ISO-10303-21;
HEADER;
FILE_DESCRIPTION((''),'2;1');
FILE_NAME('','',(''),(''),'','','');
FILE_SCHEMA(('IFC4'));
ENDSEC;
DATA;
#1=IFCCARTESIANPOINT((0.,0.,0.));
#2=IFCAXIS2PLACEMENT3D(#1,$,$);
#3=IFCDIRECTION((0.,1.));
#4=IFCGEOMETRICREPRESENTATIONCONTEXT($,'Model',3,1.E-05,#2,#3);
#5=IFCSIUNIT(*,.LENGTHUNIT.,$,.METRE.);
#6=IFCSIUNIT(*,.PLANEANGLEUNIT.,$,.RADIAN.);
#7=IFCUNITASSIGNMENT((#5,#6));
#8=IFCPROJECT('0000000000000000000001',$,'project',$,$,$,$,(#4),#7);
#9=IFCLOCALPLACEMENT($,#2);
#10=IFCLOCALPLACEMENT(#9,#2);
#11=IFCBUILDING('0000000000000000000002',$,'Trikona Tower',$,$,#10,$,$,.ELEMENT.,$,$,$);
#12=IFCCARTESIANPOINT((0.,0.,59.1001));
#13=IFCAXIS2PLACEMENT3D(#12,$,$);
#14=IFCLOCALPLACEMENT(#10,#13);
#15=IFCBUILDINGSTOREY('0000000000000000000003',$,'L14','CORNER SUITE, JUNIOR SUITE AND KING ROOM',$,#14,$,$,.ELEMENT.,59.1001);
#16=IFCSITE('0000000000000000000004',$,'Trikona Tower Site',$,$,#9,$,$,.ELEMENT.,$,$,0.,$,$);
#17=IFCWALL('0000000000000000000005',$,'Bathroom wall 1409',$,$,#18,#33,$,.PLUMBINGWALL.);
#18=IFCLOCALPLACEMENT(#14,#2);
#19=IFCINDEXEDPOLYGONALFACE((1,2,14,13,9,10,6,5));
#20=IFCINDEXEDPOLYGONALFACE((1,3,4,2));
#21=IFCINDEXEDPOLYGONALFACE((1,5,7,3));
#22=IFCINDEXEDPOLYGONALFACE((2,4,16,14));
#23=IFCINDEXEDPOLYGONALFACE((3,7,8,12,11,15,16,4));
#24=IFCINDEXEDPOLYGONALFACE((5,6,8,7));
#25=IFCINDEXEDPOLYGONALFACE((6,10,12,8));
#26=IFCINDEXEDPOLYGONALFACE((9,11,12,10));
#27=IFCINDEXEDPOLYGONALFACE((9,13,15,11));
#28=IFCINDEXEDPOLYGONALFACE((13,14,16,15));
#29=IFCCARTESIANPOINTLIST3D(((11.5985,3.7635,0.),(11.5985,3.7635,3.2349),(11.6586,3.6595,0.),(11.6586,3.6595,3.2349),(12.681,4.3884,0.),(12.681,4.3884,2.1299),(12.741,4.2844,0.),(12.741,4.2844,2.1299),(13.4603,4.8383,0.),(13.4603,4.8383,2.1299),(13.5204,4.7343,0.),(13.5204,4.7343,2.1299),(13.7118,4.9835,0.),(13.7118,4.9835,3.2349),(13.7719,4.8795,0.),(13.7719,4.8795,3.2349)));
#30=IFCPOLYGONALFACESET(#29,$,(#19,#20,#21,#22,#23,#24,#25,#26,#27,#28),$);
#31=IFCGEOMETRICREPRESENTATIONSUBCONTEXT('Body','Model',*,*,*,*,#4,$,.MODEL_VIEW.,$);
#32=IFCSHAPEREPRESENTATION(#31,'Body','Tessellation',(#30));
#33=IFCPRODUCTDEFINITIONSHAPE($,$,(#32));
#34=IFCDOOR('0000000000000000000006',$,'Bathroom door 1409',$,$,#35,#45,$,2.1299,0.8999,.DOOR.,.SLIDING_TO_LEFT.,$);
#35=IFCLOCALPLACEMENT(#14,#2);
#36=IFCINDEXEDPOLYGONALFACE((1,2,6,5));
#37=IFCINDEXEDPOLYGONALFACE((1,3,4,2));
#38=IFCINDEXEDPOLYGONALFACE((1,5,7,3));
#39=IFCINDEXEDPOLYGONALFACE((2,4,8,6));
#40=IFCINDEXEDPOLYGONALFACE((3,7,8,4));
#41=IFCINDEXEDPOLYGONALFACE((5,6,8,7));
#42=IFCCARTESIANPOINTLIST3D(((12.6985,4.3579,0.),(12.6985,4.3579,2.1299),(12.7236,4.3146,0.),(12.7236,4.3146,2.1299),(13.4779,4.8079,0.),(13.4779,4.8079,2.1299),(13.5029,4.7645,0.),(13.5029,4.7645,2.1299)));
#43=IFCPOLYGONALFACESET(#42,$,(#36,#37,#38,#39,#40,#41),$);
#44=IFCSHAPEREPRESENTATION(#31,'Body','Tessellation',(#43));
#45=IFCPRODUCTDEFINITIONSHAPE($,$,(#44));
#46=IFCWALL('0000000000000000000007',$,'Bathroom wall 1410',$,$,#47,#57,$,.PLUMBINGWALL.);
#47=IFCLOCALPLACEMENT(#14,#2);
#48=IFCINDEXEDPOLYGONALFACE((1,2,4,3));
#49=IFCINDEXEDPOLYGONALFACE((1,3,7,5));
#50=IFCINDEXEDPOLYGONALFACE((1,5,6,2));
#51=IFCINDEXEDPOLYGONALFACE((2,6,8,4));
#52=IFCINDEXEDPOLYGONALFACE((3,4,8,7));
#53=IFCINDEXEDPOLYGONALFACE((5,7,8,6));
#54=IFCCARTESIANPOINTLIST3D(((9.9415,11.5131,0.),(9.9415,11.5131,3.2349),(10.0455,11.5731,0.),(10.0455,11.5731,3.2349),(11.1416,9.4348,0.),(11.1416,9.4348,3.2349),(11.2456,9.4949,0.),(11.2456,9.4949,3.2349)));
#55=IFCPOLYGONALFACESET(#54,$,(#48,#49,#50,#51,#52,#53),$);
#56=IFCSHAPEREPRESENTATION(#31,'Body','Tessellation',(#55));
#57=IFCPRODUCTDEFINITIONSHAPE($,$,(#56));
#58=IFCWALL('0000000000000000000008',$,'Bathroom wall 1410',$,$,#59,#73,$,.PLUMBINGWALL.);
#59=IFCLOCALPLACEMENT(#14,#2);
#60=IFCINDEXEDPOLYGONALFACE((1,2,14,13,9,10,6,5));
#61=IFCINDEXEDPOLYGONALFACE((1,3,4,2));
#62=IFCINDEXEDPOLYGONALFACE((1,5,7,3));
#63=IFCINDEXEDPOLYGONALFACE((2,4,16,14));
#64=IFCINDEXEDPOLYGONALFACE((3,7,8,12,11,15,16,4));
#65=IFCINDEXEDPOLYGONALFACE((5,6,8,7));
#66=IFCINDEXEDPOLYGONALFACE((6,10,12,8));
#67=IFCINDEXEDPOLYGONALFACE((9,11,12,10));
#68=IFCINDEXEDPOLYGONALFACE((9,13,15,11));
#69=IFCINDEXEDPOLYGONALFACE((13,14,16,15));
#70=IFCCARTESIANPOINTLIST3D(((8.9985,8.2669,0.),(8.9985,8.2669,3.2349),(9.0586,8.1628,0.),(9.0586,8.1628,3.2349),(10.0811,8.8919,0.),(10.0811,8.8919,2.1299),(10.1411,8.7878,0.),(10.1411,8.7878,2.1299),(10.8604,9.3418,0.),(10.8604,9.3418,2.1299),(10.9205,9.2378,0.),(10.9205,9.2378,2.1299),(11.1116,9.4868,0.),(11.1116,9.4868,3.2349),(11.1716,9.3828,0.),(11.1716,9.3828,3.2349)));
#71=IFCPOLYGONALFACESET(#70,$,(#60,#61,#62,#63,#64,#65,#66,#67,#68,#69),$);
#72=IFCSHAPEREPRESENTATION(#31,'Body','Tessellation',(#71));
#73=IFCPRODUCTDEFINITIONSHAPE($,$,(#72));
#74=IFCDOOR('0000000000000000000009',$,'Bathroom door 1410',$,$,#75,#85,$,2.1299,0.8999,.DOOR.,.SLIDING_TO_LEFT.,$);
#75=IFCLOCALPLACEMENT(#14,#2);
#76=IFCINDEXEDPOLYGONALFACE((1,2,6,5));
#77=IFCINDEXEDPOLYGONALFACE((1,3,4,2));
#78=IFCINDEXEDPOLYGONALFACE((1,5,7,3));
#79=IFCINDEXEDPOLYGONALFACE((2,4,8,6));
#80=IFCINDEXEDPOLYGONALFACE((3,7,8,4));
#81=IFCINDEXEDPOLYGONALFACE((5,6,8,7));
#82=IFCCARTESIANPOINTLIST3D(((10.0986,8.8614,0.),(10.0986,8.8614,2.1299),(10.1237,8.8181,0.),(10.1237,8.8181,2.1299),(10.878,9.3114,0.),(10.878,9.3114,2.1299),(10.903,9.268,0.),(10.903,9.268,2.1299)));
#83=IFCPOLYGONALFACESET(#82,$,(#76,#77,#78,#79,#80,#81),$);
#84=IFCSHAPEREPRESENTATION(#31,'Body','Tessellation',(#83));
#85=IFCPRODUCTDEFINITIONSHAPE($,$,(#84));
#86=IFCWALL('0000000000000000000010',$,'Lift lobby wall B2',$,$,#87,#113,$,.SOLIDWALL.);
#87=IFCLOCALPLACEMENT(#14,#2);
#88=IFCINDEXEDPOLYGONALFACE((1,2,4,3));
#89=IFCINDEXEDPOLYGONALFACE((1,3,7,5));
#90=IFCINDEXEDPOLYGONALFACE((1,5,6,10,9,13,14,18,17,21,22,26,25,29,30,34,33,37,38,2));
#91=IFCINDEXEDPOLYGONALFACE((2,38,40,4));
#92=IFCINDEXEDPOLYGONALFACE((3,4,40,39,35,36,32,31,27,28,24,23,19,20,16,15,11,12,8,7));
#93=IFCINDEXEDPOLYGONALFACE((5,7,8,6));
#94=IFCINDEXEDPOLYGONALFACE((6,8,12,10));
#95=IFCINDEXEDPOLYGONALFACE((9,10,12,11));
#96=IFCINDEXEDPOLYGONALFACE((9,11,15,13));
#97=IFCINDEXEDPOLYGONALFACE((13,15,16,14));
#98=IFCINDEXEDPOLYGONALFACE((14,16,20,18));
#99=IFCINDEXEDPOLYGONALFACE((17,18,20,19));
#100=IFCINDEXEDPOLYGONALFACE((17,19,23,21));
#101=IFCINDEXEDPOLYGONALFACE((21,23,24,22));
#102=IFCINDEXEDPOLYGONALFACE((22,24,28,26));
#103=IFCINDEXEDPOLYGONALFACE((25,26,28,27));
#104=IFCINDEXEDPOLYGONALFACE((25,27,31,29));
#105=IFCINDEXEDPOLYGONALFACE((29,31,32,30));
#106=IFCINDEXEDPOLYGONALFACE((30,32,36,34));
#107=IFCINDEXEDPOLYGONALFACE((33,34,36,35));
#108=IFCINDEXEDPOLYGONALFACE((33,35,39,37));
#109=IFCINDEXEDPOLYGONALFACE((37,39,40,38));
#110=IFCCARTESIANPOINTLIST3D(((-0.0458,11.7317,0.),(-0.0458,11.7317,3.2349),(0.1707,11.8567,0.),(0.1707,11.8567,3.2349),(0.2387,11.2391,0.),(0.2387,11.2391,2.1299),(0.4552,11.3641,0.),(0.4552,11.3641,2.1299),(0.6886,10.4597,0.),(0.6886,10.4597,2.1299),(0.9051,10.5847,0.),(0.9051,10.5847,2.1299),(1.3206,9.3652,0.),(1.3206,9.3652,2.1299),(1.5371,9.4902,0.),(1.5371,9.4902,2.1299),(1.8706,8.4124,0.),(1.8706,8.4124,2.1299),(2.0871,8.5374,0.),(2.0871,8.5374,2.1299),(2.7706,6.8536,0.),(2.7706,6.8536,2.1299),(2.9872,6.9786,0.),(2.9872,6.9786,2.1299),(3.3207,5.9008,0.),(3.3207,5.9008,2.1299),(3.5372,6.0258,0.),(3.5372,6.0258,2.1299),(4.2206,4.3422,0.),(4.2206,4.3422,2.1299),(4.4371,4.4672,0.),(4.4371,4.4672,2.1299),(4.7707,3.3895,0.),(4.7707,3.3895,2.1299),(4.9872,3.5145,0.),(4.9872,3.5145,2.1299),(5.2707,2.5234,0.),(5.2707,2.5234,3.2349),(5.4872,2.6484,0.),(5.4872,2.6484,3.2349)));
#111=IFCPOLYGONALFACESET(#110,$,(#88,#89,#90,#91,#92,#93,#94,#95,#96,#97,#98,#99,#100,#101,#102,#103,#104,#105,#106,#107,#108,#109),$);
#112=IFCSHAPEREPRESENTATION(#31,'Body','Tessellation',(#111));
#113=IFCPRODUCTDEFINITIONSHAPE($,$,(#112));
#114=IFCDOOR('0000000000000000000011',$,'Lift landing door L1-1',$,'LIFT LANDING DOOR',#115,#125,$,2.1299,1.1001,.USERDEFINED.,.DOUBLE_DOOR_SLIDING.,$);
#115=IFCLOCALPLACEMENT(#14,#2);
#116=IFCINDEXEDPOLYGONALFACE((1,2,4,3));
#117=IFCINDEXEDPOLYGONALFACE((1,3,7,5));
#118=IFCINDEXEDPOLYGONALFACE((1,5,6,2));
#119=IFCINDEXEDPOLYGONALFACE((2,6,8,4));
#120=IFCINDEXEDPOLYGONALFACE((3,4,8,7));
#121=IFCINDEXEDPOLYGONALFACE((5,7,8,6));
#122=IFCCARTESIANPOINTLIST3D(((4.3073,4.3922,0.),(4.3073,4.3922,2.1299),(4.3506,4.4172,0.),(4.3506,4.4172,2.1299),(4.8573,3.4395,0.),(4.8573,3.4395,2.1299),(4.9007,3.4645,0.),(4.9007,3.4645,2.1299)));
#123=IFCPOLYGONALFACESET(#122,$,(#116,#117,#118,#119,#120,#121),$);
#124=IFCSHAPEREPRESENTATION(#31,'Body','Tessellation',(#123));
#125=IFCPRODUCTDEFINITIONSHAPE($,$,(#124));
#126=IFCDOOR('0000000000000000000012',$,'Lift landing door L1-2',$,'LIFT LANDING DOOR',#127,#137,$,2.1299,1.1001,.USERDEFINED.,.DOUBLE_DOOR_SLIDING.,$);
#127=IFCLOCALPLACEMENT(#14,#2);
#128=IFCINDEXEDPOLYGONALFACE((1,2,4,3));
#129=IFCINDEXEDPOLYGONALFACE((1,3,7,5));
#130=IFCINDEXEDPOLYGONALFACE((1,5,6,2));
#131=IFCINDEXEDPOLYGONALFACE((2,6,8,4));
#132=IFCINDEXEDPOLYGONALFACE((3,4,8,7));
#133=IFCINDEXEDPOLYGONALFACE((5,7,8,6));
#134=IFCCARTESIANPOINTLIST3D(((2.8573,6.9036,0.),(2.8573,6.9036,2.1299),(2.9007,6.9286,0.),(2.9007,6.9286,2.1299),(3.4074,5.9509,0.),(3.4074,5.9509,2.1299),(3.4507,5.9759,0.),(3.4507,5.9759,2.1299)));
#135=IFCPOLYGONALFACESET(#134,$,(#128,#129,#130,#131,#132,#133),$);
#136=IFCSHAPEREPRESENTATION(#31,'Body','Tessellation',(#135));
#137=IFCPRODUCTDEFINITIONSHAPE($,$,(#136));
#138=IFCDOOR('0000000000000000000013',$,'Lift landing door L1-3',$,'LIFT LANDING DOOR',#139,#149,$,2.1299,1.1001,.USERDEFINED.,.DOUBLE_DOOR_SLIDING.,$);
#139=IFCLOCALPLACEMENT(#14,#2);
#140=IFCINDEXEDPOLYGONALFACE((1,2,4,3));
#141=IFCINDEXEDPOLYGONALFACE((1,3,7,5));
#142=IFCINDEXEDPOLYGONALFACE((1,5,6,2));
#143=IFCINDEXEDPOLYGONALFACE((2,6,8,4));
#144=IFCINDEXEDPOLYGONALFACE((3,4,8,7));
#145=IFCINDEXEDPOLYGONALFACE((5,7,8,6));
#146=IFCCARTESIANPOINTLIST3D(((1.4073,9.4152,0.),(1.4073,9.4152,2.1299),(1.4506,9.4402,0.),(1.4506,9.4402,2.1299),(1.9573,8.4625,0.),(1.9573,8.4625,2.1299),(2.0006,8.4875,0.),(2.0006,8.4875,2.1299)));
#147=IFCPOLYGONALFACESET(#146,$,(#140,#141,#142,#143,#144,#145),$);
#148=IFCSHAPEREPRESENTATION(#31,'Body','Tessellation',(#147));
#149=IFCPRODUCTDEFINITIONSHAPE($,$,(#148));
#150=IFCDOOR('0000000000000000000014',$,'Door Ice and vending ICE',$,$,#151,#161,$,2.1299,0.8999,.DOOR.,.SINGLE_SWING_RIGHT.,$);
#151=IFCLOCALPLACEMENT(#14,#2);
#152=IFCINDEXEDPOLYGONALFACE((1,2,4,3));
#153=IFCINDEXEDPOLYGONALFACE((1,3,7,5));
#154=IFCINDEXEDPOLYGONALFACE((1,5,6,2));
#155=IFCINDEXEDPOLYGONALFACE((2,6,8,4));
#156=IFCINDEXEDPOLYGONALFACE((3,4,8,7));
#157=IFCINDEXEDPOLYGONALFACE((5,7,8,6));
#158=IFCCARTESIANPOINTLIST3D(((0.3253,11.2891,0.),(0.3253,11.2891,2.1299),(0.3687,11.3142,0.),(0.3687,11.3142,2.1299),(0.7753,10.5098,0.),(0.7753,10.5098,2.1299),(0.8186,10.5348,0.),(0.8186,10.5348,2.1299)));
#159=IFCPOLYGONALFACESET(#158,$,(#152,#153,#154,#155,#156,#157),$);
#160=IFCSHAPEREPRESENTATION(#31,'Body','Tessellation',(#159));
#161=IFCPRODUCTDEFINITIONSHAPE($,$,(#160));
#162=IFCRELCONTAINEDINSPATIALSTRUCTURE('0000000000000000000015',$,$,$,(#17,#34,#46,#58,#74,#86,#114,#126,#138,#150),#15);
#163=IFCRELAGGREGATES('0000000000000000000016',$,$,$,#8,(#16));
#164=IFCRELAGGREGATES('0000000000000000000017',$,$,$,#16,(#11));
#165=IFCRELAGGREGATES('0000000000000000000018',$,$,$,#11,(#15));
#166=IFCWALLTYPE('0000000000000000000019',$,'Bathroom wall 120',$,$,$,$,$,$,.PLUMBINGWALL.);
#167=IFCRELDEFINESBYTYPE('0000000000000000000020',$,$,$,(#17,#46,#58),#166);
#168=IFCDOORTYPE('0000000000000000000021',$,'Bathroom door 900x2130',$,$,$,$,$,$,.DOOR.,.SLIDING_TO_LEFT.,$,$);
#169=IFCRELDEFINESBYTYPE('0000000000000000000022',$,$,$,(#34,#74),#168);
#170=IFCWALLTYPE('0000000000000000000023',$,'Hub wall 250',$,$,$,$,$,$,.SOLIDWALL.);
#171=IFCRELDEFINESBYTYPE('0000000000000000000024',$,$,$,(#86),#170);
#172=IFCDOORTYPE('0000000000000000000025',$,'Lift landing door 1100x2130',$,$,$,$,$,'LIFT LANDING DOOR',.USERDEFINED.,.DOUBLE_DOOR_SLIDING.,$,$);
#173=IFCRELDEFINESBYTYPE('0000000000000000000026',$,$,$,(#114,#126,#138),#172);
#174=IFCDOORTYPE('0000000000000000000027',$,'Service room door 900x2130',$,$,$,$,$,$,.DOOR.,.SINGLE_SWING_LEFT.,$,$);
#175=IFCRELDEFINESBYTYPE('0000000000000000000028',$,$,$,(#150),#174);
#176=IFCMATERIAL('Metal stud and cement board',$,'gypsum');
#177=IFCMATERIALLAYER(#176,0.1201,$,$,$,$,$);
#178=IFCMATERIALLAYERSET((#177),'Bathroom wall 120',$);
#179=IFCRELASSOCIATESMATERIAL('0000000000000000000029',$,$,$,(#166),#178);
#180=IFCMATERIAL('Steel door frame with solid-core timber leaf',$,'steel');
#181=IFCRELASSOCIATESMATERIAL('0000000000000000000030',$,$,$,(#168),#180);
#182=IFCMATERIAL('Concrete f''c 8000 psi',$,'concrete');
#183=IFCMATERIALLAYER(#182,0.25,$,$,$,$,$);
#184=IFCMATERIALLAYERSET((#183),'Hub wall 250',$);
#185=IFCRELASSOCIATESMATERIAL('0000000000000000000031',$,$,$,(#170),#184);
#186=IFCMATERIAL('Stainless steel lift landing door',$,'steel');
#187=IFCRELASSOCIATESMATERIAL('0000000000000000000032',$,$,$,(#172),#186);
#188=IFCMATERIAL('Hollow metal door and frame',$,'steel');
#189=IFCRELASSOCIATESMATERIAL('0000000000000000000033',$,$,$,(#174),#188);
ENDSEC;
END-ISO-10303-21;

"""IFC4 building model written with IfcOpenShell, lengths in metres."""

from ifc_helpers import new_model, si_unit, direction, frame, frame_2d, origin, place, context, subcontext, project, spatial, rectangle, extrude, material, layer, layer_set, type_object, element, fill, save


model = new_model("IFC4")

# Units and contexts
model_context = context("Model", 3, precision=1e-05, world=origin(), true_north=direction((0.0, 1.0)))
body_context = subcontext(model_context, "Body", "Model", "MODEL_VIEW")
ifc_project = project(units=[si_unit("LENGTHUNIT", "METRE"), si_unit("PLANEANGLEUNIT", "RADIAN")], contexts=[model_context])

# Site, building, storey
site_placement = place(None, origin())
site = spatial("IfcSite", under=ifc_project, at=site_placement, Name="Trikona Tower Site", CompositionType="ELEMENT", RefElevation=0.0)
building_placement = place(site_placement, origin())
building = spatial("IfcBuilding", under=site, at=building_placement, Name="Trikona Tower", CompositionType="ELEMENT")
storey_placement = place(building_placement, frame((0.0, 0.0, 59.1001)))
storey = spatial("IfcBuildingStorey", under=building, at=storey_placement, Name="L14", Description="CORNER SUITE, JUNIOR SUITE AND KING ROOM", CompositionType="ELEMENT", Elevation=59.1001)

# Shared definitions
ifc_material_1 = material(Name="Metal stud and cement board", Category="gypsum")
ifc_layer_1 = layer(ifc_material_1, 0.1201)
ifc_layer_set_1 = layer_set([ifc_layer_1], Name="Bathroom wall 120")
wall_type_1 = type_object("IfcWallType", Name="Bathroom wall 120", PredefinedType="PLUMBINGWALL", material=ifc_layer_set_1)

# Wall, opening, door
wall_1_placement = place(storey_placement, frame((11.6284, 3.7114, 0.0), z_axis=(0.0, 0.0, 1.0), x_axis=(0.866049, 0.499959, 0.0)))
wall_1 = element("IfcWall", 1, at=wall_1_placement, inside=storey, type_object=wall_type_1, Name="Bathroom wall 1409", PredefinedType="PLUMBINGWALL", context=body_context, shape_type="SweptSolid", body=[
    extrude(rectangle(XDim=2.4402, YDim=0.1201, at=frame_2d((1.2202, 0.0))), origin(), (0.0, 0.0, 1.0), 3.2349),
])
opening_1_placement = place(wall_1_placement, frame((1.25, 0.0, 0.0)))
opening_1 = element("IfcOpeningElement", 2, at=opening_1_placement, cuts=wall_1, PredefinedType="OPENING", context=body_context, shape_type="SweptSolid", body=[
    extrude(rectangle(XDim=0.8999, YDim=2.1299, at=frame_2d((0.45, 1.0649))), frame((0.0, 0.0701, 0.0), z_axis=(0.0, -1.0, 0.0), x_axis=(1.0, 0.0, 0.0)), (0.0, 0.0, 1.0), 0.1401),
])
ifc_material_2 = material(Name="Steel door frame with solid-core timber leaf", Category="steel")
door_type_1 = type_object("IfcDoorType", Name="Bathroom door 900x2130", OperationType="SLIDING_TO_LEFT", PredefinedType="DOOR", material=ifc_material_2)
door_1_placement = place(opening_1_placement, origin())
door_1 = element("IfcDoor", 3, at=door_1_placement, inside=storey, type_object=door_type_1, Name="Bathroom door 1409", OperationType="SLIDING_TO_LEFT", OverallHeight=2.1299, OverallWidth=0.8999, PredefinedType="DOOR", context=body_context, shape_type="SweptSolid", body=[
    extrude(rectangle(XDim=0.8999, YDim=2.1299, at=frame_2d((0.45, 1.0649))), frame((0.0, 0.0249, 0.0), z_axis=(0.0, -1.0, 0.0), x_axis=(1.0, 0.0, 0.0)), (0.0, 0.0, 1.0), 0.05),
])
fill(opening_1, door_1)

# Wall
wall_2_placement = place(storey_placement, frame((11.1936, 9.4648, 0.0), z_axis=(0.0, 0.0, 1.0), x_axis=(-0.500078, 0.865981, 0.0)))
element("IfcWall", 4, at=wall_2_placement, inside=storey, type_object=wall_type_1, Name="Bathroom wall 1410", PredefinedType="PLUMBINGWALL", context=body_context, shape_type="SweptSolid", body=[
    extrude(rectangle(XDim=2.3999, YDim=0.1201, at=frame_2d((1.2, 0.0))), origin(), (0.0, 0.0, 1.0), 3.2349),
])

# Wall, opening, door
wall_3_placement = place(storey_placement, frame((9.0286, 8.2148, 0.0), z_axis=(0.0, 0.0, 1.0), x_axis=(0.866024, 0.500003, 0.0)))
wall_3 = element("IfcWall", 5, at=wall_3_placement, inside=storey, type_object=wall_type_1, Name="Bathroom wall 1410", PredefinedType="PLUMBINGWALL", context=body_context, shape_type="SweptSolid", body=[
    extrude(rectangle(XDim=2.4399, YDim=0.1201, at=frame_2d((1.22, 0.0))), origin(), (0.0, 0.0, 1.0), 3.2349),
])
opening_2_placement = place(wall_3_placement, frame((1.25, 0.0, 0.0)))
opening_2 = element("IfcOpeningElement", 6, at=opening_2_placement, cuts=wall_3, PredefinedType="OPENING", context=body_context, shape_type="SweptSolid", body=[
    extrude(rectangle(XDim=0.8999, YDim=2.1299, at=frame_2d((0.45, 1.0649))), frame((0.0, 0.0701, 0.0), z_axis=(0.0, -1.0, 0.0), x_axis=(1.0, 0.0, 0.0)), (0.0, 0.0, 1.0), 0.1401),
])
door_2_placement = place(opening_2_placement, origin())
door_2 = element("IfcDoor", 7, at=door_2_placement, inside=storey, type_object=door_type_1, Name="Bathroom door 1410", OperationType="SLIDING_TO_LEFT", OverallHeight=2.1299, OverallWidth=0.8999, PredefinedType="DOOR", context=body_context, shape_type="SweptSolid", body=[
    extrude(rectangle(XDim=0.8999, YDim=2.1299, at=frame_2d((0.45, 1.0649))), frame((0.0, 0.0249, 0.0), z_axis=(0.0, -1.0, 0.0), x_axis=(1.0, 0.0, 0.0)), (0.0, 0.0, 1.0), 0.05),
])
fill(opening_2, door_2)

# Wall, openings, doors
ifc_material_3 = material(Name="Concrete f'c 8000 psi", Category="concrete")
ifc_layer_2 = layer(ifc_material_3, 0.25)
ifc_layer_set_2 = layer_set([ifc_layer_2], Name="Hub wall 250")
wall_type_2 = type_object("IfcWallType", Name="Hub wall 250", PredefinedType="SOLIDWALL", material=ifc_layer_set_2)
wall_4_placement = place(storey_placement, frame((5.3789, 2.5859, 0.0), z_axis=(0.0, 0.0, 1.0), x_axis=(-0.500001, 0.866025, 0.0)))
wall_4 = element("IfcWall", 8, at=wall_4_placement, inside=storey, type_object=wall_type_2, Name="Lift lobby wall B2", PredefinedType="SOLIDWALL", context=body_context, shape_type="SweptSolid", body=[
    extrude(rectangle(XDim=10.6328, YDim=0.25, at=frame_2d((5.3164, 0.0))), origin(), (0.0, 0.0, 1.0), 3.2349),
])
opening_3_placement = place(wall_4_placement, frame((9.1641, 0.0, 0.0)))
opening_3 = element("IfcOpeningElement", 9, at=opening_3_placement, cuts=wall_4, PredefinedType="OPENING", context=body_context, shape_type="SweptSolid", body=[
    extrude(rectangle(XDim=0.8999, YDim=2.1299, at=frame_2d((0.45, 1.0649))), frame((0.0, 0.135, 0.0), z_axis=(0.0, -1.0, 0.0), x_axis=(1.0, 0.0, 0.0)), (0.0, 0.0, 1.0), 0.27),
])
opening_4_placement = place(wall_4_placement, frame((1.0, 0.0, 0.0)))
opening_4 = element("IfcOpeningElement", 10, at=opening_4_placement, cuts=wall_4, PredefinedType="OPENING", context=body_context, shape_type="SweptSolid", body=[
    extrude(rectangle(XDim=1.1001, YDim=2.1299, at=frame_2d((0.55, 1.0649))), frame((0.0, 0.135, 0.0), z_axis=(0.0, -1.0, 0.0), x_axis=(1.0, 0.0, 0.0)), (0.0, 0.0, 1.0), 0.27),
])
opening_5_placement = place(wall_4_placement, frame((3.8999, 0.0, 0.0)))
opening_5 = element("IfcOpeningElement", 11, at=opening_5_placement, cuts=wall_4, PredefinedType="OPENING", context=body_context, shape_type="SweptSolid", body=[
    extrude(rectangle(XDim=1.1001, YDim=2.1299, at=frame_2d((0.55, 1.0649))), frame((0.0, 0.135, 0.0), z_axis=(0.0, -1.0, 0.0), x_axis=(1.0, 0.0, 0.0)), (0.0, 0.0, 1.0), 0.27),
])
opening_6_placement = place(wall_4_placement, frame((6.8, 0.0, 0.0)))
opening_6 = element("IfcOpeningElement", 12, at=opening_6_placement, cuts=wall_4, PredefinedType="OPENING", context=body_context, shape_type="SweptSolid", body=[
    extrude(rectangle(XDim=1.1001, YDim=2.1299, at=frame_2d((0.55, 1.0649))), frame((0.0, 0.135, 0.0), z_axis=(0.0, -1.0, 0.0), x_axis=(1.0, 0.0, 0.0)), (0.0, 0.0, 1.0), 0.27),
])
ifc_material_4 = material(Name="Stainless steel lift landing door", Category="steel")
door_type_2 = type_object("IfcDoorType", Name="Lift landing door 1100x2130", ElementType="LIFT LANDING DOOR", OperationType="DOUBLE_DOOR_SLIDING", PredefinedType="USERDEFINED", material=ifc_material_4)
door_3_placement = place(opening_4_placement, origin())
door_3 = element("IfcDoor", 13, at=door_3_placement, inside=storey, type_object=door_type_2, Name="Lift landing door L1-1", ObjectType="LIFT LANDING DOOR", OperationType="DOUBLE_DOOR_SLIDING", OverallHeight=2.1299, OverallWidth=1.1001, PredefinedType="USERDEFINED", context=body_context, shape_type="SweptSolid", body=[
    extrude(rectangle(XDim=1.1001, YDim=2.1299, at=frame_2d((0.55, 1.0649))), frame((0.0, 0.0249, 0.0), z_axis=(0.0, -1.0, 0.0), x_axis=(1.0, 0.0, 0.0)), (0.0, 0.0, 1.0), 0.05),
])
fill(opening_4, door_3)
door_4_placement = place(opening_5_placement, origin())
door_4 = element("IfcDoor", 14, at=door_4_placement, inside=storey, type_object=door_type_2, Name="Lift landing door L1-2", ObjectType="LIFT LANDING DOOR", OperationType="DOUBLE_DOOR_SLIDING", OverallHeight=2.1299, OverallWidth=1.1001, PredefinedType="USERDEFINED", context=body_context, shape_type="SweptSolid", body=[
    extrude(rectangle(XDim=1.1001, YDim=2.1299, at=frame_2d((0.55, 1.0649))), frame((0.0, 0.0249, 0.0), z_axis=(0.0, -1.0, 0.0), x_axis=(1.0, 0.0, 0.0)), (0.0, 0.0, 1.0), 0.05),
])
fill(opening_5, door_4)
door_5_placement = place(opening_6_placement, origin())
door_5 = element("IfcDoor", 15, at=door_5_placement, inside=storey, type_object=door_type_2, Name="Lift landing door L1-3", ObjectType="LIFT LANDING DOOR", OperationType="DOUBLE_DOOR_SLIDING", OverallHeight=2.1299, OverallWidth=1.1001, PredefinedType="USERDEFINED", context=body_context, shape_type="SweptSolid", body=[
    extrude(rectangle(XDim=1.1001, YDim=2.1299, at=frame_2d((0.55, 1.0649))), frame((0.0, 0.0249, 0.0), z_axis=(0.0, -1.0, 0.0), x_axis=(1.0, 0.0, 0.0)), (0.0, 0.0, 1.0), 0.05),
])
fill(opening_6, door_5)
ifc_material_5 = material(Name="Hollow metal door and frame", Category="steel")
door_type_3 = type_object("IfcDoorType", Name="Service room door 900x2130", OperationType="SINGLE_SWING_LEFT", PredefinedType="DOOR", material=ifc_material_5)
door_6_placement = place(opening_3_placement, origin())
door_6 = element("IfcDoor", 16, at=door_6_placement, inside=storey, type_object=door_type_3, Name="Door Ice and vending ICE", OperationType="SINGLE_SWING_RIGHT", OverallHeight=2.1299, OverallWidth=0.8999, PredefinedType="DOOR", context=body_context, shape_type="SweptSolid", body=[
    extrude(rectangle(XDim=0.8999, YDim=2.1299, at=frame_2d((0.45, 1.0649))), frame((0.0, 0.0249, 0.0), z_axis=(0.0, -1.0, 0.0), x_axis=(1.0, 0.0, 0.0)), (0.0, 0.0, 1.0), 0.05),
])
fill(opening_3, door_6)

save(model, "model.ifc")
